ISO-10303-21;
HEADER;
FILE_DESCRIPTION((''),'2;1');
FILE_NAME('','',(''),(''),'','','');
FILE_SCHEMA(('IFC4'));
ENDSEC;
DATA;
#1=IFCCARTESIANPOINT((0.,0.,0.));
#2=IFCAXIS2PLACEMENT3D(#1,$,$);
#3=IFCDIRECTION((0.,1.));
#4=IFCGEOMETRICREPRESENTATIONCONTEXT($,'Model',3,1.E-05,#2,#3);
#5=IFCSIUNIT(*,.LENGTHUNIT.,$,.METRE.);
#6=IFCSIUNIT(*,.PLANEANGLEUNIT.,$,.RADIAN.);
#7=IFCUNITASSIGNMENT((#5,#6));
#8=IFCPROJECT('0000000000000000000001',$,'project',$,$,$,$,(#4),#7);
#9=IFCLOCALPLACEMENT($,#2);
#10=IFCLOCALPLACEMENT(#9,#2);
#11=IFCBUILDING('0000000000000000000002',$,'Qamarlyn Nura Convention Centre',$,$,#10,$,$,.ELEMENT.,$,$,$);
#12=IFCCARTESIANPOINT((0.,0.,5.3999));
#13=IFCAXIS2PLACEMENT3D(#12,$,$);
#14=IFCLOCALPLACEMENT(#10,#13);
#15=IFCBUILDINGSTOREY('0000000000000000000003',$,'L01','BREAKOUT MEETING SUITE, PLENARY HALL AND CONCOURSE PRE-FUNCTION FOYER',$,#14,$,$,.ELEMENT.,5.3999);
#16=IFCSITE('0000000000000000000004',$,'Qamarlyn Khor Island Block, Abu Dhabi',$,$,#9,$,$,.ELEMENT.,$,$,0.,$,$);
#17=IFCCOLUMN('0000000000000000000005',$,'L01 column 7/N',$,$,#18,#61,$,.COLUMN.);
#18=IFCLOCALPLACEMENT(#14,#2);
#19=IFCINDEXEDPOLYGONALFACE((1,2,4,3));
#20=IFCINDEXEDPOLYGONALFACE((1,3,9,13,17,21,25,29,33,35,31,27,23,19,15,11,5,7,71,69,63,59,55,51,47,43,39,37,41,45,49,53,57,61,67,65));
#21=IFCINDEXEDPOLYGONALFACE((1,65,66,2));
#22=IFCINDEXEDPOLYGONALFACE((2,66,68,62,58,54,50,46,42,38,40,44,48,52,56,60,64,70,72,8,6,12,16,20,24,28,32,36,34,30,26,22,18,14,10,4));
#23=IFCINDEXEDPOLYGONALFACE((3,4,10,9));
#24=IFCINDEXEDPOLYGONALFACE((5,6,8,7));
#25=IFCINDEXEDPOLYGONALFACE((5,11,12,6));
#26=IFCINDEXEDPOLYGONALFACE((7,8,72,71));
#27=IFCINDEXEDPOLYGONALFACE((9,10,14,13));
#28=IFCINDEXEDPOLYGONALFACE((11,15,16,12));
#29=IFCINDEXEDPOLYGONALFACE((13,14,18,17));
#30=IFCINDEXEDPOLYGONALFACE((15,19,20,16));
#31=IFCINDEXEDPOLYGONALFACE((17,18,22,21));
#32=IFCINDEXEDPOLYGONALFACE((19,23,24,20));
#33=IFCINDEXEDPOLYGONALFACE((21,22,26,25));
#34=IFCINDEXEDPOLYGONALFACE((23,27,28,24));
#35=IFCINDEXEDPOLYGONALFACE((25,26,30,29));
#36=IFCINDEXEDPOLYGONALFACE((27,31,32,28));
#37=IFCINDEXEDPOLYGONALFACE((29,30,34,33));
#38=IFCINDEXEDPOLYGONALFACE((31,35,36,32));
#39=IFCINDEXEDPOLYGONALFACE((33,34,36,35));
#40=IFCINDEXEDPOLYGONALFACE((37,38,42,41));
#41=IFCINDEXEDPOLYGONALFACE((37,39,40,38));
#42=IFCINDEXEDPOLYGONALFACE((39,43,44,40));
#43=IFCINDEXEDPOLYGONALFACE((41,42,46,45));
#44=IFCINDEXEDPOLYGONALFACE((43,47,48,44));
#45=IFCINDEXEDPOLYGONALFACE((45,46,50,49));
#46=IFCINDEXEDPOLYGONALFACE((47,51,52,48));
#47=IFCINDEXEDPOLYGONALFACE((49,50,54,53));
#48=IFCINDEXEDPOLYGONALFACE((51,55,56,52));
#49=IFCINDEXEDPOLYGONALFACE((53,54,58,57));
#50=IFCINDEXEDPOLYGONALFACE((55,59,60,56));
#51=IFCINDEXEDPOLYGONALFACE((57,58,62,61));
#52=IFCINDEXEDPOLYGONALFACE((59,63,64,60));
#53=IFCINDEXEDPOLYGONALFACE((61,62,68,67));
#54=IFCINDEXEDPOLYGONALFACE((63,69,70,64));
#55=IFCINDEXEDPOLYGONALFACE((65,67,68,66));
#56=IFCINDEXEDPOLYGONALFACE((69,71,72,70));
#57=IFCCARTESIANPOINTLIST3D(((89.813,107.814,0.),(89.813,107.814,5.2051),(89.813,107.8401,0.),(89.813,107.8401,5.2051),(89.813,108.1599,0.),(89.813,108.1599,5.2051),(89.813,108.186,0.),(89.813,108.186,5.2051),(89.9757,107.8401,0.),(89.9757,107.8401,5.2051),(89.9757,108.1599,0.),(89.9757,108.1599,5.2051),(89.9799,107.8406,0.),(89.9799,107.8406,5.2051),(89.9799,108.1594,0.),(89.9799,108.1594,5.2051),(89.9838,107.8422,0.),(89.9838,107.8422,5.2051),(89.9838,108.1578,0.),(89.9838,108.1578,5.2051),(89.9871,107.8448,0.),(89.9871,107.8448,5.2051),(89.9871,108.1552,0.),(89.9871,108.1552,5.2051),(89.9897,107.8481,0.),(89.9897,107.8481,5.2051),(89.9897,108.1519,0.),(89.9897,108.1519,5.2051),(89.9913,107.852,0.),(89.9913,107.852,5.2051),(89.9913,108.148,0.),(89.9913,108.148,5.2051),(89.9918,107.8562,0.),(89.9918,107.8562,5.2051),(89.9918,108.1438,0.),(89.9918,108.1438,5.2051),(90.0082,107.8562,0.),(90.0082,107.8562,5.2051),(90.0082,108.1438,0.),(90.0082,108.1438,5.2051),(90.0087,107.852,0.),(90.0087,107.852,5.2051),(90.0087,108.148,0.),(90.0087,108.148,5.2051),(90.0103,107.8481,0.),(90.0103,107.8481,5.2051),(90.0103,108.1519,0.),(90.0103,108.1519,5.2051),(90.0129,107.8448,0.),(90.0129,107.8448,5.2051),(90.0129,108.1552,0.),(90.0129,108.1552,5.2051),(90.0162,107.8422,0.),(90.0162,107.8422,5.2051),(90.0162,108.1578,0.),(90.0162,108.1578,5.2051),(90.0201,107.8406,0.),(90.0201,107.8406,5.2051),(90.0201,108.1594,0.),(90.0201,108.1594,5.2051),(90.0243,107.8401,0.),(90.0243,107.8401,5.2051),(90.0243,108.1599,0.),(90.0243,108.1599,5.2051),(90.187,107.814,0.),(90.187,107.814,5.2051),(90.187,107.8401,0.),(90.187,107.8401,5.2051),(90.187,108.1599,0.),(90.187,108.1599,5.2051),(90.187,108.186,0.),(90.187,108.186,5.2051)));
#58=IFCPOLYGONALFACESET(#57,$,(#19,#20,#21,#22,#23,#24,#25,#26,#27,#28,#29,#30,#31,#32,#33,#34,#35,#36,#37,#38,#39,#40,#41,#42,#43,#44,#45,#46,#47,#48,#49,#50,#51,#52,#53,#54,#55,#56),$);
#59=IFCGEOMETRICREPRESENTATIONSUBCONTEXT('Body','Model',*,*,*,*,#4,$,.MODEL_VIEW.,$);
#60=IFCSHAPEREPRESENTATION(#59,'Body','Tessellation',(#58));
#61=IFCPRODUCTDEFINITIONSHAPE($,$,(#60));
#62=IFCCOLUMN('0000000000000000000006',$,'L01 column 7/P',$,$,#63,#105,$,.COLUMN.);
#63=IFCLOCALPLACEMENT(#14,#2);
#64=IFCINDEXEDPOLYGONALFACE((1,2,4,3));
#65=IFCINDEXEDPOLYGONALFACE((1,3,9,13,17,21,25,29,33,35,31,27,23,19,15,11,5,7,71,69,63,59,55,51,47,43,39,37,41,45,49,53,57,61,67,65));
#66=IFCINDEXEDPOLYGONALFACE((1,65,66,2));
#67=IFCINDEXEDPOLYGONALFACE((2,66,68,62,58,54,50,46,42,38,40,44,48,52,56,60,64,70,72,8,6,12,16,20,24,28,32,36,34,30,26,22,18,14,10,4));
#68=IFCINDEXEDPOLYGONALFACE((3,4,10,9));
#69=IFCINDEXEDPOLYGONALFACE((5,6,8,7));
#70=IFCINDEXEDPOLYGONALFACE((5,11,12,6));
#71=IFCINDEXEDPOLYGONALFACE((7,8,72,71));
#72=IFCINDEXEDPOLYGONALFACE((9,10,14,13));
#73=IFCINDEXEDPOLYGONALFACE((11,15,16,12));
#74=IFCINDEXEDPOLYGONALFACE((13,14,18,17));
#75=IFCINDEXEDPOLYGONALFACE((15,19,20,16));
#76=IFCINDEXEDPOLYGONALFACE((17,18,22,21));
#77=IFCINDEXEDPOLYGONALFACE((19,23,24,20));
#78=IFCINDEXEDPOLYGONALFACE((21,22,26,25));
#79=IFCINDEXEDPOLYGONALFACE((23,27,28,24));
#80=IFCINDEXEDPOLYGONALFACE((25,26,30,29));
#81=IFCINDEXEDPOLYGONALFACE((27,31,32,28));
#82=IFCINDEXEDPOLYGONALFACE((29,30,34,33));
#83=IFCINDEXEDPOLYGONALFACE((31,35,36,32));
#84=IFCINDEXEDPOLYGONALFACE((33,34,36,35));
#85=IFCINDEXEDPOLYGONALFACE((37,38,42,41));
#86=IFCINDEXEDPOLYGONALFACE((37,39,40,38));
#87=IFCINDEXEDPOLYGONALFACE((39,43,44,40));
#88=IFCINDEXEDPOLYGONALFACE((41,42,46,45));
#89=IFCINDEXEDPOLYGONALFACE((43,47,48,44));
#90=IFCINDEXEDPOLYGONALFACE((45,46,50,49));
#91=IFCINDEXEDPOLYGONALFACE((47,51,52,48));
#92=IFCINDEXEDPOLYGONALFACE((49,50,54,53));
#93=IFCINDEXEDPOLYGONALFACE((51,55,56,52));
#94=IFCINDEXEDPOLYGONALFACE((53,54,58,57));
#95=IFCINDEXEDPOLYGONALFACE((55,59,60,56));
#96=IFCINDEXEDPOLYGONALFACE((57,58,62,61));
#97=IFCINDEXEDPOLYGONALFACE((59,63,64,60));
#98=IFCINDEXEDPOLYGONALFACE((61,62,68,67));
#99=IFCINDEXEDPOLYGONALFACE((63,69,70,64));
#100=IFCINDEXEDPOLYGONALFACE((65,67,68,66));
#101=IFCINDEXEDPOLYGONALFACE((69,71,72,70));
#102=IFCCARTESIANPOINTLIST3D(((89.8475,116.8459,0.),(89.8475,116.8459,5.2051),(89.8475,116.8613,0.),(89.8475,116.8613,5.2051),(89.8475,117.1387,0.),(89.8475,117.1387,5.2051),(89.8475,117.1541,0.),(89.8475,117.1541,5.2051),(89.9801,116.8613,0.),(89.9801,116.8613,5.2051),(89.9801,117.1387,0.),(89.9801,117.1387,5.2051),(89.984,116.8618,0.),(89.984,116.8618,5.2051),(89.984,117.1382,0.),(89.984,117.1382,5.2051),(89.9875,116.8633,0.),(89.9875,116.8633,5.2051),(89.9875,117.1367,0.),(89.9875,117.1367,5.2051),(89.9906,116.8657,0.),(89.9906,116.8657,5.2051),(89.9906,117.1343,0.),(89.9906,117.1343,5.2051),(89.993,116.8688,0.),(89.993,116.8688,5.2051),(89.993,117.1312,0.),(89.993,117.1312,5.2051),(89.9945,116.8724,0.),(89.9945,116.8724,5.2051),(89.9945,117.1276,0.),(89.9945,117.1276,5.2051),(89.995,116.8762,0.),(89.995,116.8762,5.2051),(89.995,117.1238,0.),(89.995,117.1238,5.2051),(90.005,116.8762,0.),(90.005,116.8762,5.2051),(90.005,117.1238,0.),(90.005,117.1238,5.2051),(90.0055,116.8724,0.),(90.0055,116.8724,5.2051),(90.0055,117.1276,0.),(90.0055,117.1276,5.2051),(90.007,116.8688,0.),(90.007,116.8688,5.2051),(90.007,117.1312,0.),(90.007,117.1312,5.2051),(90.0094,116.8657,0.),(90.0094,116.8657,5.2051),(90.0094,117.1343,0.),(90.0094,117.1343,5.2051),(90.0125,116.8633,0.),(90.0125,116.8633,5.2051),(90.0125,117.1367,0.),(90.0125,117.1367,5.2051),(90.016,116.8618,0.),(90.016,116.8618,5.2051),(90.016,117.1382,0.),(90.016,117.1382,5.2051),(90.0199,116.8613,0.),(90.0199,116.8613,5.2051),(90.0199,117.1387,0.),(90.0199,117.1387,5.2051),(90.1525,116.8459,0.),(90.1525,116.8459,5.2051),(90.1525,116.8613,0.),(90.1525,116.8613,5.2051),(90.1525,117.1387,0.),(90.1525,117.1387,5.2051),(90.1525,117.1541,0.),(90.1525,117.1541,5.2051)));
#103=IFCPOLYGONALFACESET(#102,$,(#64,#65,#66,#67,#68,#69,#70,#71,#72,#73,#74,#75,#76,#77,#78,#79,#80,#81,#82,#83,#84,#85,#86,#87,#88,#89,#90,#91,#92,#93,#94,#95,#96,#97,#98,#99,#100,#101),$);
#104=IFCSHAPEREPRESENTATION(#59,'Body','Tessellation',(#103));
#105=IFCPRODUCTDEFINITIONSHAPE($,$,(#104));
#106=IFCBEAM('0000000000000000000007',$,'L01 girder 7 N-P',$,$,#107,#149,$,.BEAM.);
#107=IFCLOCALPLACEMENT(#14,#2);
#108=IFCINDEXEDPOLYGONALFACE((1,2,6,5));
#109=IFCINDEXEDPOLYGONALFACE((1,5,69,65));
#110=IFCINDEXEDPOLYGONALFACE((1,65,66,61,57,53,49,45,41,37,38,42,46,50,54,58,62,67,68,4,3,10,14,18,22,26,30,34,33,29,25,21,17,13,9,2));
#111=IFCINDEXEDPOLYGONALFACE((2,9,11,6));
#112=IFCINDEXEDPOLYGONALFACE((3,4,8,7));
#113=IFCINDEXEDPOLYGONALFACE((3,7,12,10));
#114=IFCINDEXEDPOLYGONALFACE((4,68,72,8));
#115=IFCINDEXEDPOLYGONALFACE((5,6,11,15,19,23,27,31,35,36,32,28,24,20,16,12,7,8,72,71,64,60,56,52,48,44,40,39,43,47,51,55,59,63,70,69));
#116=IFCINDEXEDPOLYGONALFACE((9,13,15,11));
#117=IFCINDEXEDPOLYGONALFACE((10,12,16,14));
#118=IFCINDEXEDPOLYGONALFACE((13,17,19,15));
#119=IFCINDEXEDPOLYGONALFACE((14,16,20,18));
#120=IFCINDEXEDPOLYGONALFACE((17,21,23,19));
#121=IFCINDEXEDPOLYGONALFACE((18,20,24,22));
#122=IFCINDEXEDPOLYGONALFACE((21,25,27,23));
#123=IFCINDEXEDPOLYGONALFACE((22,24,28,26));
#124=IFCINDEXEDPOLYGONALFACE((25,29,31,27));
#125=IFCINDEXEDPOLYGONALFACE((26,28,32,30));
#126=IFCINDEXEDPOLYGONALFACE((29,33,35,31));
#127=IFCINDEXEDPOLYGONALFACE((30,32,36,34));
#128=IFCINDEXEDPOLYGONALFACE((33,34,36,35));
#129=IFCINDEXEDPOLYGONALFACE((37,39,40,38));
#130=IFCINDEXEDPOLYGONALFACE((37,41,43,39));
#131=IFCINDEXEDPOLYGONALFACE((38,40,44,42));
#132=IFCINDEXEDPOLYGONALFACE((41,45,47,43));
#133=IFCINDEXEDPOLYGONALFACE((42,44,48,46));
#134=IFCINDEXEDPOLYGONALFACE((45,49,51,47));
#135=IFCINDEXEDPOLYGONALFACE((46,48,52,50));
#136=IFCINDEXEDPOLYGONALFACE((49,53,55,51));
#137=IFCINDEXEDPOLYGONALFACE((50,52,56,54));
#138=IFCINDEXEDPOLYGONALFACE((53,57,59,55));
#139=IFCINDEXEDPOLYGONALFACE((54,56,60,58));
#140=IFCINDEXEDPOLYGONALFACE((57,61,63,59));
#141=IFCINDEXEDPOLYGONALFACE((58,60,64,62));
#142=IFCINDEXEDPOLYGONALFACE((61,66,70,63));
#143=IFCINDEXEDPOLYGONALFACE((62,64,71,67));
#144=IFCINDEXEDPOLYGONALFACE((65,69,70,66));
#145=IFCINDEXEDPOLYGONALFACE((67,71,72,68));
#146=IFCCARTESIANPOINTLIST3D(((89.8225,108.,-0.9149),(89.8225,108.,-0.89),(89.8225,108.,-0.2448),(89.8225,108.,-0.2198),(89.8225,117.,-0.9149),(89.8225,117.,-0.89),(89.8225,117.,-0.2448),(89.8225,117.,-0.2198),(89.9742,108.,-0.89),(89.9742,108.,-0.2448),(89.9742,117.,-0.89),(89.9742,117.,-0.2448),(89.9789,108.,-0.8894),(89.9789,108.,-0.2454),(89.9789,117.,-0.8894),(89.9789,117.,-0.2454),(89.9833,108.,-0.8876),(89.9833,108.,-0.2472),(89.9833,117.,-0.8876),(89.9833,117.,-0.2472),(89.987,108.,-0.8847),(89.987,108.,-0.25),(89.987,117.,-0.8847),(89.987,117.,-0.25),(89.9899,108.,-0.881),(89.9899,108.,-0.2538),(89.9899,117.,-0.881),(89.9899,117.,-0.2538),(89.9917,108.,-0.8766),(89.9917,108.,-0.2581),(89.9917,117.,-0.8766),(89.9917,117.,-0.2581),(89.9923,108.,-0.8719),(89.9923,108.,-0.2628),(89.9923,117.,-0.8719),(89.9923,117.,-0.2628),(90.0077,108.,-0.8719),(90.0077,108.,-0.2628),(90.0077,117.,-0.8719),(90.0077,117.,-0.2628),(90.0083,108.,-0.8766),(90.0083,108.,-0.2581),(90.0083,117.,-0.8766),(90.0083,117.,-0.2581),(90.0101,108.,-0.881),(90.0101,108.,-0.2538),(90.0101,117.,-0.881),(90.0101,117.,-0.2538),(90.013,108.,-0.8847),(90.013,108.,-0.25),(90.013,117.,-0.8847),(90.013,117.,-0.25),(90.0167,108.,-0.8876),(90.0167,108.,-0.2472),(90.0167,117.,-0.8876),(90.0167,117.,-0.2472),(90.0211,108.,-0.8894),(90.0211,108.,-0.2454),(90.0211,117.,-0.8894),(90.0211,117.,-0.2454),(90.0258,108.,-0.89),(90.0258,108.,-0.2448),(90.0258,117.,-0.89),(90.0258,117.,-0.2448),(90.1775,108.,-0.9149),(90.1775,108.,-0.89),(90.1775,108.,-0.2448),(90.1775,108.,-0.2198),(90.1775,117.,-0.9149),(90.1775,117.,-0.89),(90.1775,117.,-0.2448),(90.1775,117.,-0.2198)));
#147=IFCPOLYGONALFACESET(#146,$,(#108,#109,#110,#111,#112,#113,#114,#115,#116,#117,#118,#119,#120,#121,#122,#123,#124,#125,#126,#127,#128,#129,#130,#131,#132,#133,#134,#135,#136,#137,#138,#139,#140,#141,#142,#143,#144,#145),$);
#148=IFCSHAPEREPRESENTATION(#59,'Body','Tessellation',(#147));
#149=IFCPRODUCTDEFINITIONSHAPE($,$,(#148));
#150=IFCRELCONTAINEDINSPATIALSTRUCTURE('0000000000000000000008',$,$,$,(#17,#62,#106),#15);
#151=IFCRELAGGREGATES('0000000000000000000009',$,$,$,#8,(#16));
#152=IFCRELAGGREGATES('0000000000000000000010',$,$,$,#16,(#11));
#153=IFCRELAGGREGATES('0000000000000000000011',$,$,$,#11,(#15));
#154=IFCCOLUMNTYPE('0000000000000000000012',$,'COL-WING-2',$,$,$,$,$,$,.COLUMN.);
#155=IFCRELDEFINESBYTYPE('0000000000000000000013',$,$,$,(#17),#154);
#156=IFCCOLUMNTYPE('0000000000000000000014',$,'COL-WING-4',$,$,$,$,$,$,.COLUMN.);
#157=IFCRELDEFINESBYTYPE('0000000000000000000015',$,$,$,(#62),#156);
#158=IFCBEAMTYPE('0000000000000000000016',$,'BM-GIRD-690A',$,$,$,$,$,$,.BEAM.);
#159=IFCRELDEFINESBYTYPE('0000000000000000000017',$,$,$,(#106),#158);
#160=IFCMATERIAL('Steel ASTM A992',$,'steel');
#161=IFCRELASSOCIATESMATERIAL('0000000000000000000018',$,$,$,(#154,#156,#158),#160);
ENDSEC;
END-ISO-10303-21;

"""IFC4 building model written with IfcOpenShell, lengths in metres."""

from ifc_helpers import new_model, si_unit, direction, frame, origin, origin_2d, place, context, subcontext, project, spatial, i_section, extrude, material, material_profile, profile_set, type_object, element, save


model = new_model("IFC4")

# Units and contexts
model_context = context("Model", 3, precision=1e-05, world=origin(), true_north=direction((0.0, 1.0)))
body_context = subcontext(model_context, "Body", "Model", "MODEL_VIEW")
ifc_project = project(units=[si_unit("LENGTHUNIT", "METRE"), si_unit("PLANEANGLEUNIT", "RADIAN")], contexts=[model_context])

# Site, building, storey
site_placement = place(None, origin())
site = spatial("IfcSite", under=ifc_project, at=site_placement, Name="Qamarlyn Khor Island Block, Abu Dhabi", CompositionType="ELEMENT", RefElevation=0.0)
building_placement = place(site_placement, origin())
building = spatial("IfcBuilding", under=site, at=building_placement, Name="Qamarlyn Nura Convention Centre", CompositionType="ELEMENT")
storey_placement = place(building_placement, frame((0.0, 0.0, 5.3999)))
storey = spatial("IfcBuildingStorey", under=building, at=storey_placement, Name="L01", Description="BREAKOUT MEETING SUITE, PLENARY HALL AND CONCOURSE PRE-FUNCTION FOYER", CompositionType="ELEMENT", Elevation=5.3999)

# Columns
ifc_material_1 = material(Name="Steel ASTM A992", Category="steel")
ifc_material_profile_1 = material_profile(ifc_material_1, i_section(OverallWidth=0.374, OverallDepth=0.3721, WebThickness=0.0164, FlangeThickness=0.0261, FilletRadius=0.0161, at=origin_2d()), Name="W360X196")
ifc_profile_set_1 = profile_set([ifc_material_profile_1], Name="Steel ASTM A992")
column_type_1 = type_object("IfcColumnType", Name="COL-WING-2", PredefinedType="COLUMN", material=ifc_profile_set_1)
column_1_placement = place(storey_placement, frame((90.0, 108.0, 0.0), z_axis=(0.0, 0.0, 1.0), x_axis=(1.0, 0.0, 0.0)))
element("IfcColumn", 1, at=column_1_placement, inside=storey, type_object=column_type_1, Name="L01 column 7/N", PredefinedType="COLUMN", context=body_context, shape_type="SweptSolid", body=[
    extrude(i_section(OverallWidth=0.374, OverallDepth=0.3721, WebThickness=0.0164, FlangeThickness=0.0261, FilletRadius=0.0161, at=origin_2d()), origin(), (0.0, 0.0, 1.0), 5.2051),
])
ifc_material_profile_2 = material_profile(ifc_material_1, i_section(OverallWidth=0.3049, OverallDepth=0.3081, WebThickness=0.01, FlangeThickness=0.0154, FilletRadius=0.0149, at=origin_2d()), Name="W310X97")
ifc_profile_set_2 = profile_set([ifc_material_profile_2], Name="Steel ASTM A992")
column_type_2 = type_object("IfcColumnType", Name="COL-WING-4", PredefinedType="COLUMN", material=ifc_profile_set_2)
column_2_placement = place(storey_placement, frame((90.0, 117.0, 0.0), z_axis=(0.0, 0.0, 1.0), x_axis=(1.0, 0.0, 0.0)))
element("IfcColumn", 2, at=column_2_placement, inside=storey, type_object=column_type_2, Name="L01 column 7/P", PredefinedType="COLUMN", context=body_context, shape_type="SweptSolid", body=[
    extrude(i_section(OverallWidth=0.3049, OverallDepth=0.3081, WebThickness=0.01, FlangeThickness=0.0154, FilletRadius=0.0149, at=origin_2d()), origin(), (0.0, 0.0, 1.0), 5.2051),
])

# Beam
ifc_material_profile_3 = material_profile(ifc_material_1, i_section(OverallWidth=0.355, OverallDepth=0.6951, WebThickness=0.0154, FlangeThickness=0.0249, FilletRadius=0.0181, at=origin_2d()), Name="W690X217")
ifc_profile_set_3 = profile_set([ifc_material_profile_3], Name="Steel ASTM A992")
beam_type_1 = type_object("IfcBeamType", Name="BM-GIRD-690A", PredefinedType="BEAM", material=ifc_profile_set_3)
beam_1_placement = place(storey_placement, frame((90.0, 108.0, -0.5674), z_axis=(0.0, 1.0, 0.0), x_axis=(-1.0, 0.0, 0.0)))
element("IfcBeam", 3, at=beam_1_placement, inside=storey, type_object=beam_type_1, Name="L01 girder 7 N-P", PredefinedType="BEAM", context=body_context, shape_type="SweptSolid", body=[
    extrude(i_section(OverallWidth=0.355, OverallDepth=0.6951, WebThickness=0.0154, FlangeThickness=0.0249, FilletRadius=0.0181, at=origin_2d()), origin(), (0.0, 0.0, 1.0), 9.0),
])

save(model, "model.ifc")
